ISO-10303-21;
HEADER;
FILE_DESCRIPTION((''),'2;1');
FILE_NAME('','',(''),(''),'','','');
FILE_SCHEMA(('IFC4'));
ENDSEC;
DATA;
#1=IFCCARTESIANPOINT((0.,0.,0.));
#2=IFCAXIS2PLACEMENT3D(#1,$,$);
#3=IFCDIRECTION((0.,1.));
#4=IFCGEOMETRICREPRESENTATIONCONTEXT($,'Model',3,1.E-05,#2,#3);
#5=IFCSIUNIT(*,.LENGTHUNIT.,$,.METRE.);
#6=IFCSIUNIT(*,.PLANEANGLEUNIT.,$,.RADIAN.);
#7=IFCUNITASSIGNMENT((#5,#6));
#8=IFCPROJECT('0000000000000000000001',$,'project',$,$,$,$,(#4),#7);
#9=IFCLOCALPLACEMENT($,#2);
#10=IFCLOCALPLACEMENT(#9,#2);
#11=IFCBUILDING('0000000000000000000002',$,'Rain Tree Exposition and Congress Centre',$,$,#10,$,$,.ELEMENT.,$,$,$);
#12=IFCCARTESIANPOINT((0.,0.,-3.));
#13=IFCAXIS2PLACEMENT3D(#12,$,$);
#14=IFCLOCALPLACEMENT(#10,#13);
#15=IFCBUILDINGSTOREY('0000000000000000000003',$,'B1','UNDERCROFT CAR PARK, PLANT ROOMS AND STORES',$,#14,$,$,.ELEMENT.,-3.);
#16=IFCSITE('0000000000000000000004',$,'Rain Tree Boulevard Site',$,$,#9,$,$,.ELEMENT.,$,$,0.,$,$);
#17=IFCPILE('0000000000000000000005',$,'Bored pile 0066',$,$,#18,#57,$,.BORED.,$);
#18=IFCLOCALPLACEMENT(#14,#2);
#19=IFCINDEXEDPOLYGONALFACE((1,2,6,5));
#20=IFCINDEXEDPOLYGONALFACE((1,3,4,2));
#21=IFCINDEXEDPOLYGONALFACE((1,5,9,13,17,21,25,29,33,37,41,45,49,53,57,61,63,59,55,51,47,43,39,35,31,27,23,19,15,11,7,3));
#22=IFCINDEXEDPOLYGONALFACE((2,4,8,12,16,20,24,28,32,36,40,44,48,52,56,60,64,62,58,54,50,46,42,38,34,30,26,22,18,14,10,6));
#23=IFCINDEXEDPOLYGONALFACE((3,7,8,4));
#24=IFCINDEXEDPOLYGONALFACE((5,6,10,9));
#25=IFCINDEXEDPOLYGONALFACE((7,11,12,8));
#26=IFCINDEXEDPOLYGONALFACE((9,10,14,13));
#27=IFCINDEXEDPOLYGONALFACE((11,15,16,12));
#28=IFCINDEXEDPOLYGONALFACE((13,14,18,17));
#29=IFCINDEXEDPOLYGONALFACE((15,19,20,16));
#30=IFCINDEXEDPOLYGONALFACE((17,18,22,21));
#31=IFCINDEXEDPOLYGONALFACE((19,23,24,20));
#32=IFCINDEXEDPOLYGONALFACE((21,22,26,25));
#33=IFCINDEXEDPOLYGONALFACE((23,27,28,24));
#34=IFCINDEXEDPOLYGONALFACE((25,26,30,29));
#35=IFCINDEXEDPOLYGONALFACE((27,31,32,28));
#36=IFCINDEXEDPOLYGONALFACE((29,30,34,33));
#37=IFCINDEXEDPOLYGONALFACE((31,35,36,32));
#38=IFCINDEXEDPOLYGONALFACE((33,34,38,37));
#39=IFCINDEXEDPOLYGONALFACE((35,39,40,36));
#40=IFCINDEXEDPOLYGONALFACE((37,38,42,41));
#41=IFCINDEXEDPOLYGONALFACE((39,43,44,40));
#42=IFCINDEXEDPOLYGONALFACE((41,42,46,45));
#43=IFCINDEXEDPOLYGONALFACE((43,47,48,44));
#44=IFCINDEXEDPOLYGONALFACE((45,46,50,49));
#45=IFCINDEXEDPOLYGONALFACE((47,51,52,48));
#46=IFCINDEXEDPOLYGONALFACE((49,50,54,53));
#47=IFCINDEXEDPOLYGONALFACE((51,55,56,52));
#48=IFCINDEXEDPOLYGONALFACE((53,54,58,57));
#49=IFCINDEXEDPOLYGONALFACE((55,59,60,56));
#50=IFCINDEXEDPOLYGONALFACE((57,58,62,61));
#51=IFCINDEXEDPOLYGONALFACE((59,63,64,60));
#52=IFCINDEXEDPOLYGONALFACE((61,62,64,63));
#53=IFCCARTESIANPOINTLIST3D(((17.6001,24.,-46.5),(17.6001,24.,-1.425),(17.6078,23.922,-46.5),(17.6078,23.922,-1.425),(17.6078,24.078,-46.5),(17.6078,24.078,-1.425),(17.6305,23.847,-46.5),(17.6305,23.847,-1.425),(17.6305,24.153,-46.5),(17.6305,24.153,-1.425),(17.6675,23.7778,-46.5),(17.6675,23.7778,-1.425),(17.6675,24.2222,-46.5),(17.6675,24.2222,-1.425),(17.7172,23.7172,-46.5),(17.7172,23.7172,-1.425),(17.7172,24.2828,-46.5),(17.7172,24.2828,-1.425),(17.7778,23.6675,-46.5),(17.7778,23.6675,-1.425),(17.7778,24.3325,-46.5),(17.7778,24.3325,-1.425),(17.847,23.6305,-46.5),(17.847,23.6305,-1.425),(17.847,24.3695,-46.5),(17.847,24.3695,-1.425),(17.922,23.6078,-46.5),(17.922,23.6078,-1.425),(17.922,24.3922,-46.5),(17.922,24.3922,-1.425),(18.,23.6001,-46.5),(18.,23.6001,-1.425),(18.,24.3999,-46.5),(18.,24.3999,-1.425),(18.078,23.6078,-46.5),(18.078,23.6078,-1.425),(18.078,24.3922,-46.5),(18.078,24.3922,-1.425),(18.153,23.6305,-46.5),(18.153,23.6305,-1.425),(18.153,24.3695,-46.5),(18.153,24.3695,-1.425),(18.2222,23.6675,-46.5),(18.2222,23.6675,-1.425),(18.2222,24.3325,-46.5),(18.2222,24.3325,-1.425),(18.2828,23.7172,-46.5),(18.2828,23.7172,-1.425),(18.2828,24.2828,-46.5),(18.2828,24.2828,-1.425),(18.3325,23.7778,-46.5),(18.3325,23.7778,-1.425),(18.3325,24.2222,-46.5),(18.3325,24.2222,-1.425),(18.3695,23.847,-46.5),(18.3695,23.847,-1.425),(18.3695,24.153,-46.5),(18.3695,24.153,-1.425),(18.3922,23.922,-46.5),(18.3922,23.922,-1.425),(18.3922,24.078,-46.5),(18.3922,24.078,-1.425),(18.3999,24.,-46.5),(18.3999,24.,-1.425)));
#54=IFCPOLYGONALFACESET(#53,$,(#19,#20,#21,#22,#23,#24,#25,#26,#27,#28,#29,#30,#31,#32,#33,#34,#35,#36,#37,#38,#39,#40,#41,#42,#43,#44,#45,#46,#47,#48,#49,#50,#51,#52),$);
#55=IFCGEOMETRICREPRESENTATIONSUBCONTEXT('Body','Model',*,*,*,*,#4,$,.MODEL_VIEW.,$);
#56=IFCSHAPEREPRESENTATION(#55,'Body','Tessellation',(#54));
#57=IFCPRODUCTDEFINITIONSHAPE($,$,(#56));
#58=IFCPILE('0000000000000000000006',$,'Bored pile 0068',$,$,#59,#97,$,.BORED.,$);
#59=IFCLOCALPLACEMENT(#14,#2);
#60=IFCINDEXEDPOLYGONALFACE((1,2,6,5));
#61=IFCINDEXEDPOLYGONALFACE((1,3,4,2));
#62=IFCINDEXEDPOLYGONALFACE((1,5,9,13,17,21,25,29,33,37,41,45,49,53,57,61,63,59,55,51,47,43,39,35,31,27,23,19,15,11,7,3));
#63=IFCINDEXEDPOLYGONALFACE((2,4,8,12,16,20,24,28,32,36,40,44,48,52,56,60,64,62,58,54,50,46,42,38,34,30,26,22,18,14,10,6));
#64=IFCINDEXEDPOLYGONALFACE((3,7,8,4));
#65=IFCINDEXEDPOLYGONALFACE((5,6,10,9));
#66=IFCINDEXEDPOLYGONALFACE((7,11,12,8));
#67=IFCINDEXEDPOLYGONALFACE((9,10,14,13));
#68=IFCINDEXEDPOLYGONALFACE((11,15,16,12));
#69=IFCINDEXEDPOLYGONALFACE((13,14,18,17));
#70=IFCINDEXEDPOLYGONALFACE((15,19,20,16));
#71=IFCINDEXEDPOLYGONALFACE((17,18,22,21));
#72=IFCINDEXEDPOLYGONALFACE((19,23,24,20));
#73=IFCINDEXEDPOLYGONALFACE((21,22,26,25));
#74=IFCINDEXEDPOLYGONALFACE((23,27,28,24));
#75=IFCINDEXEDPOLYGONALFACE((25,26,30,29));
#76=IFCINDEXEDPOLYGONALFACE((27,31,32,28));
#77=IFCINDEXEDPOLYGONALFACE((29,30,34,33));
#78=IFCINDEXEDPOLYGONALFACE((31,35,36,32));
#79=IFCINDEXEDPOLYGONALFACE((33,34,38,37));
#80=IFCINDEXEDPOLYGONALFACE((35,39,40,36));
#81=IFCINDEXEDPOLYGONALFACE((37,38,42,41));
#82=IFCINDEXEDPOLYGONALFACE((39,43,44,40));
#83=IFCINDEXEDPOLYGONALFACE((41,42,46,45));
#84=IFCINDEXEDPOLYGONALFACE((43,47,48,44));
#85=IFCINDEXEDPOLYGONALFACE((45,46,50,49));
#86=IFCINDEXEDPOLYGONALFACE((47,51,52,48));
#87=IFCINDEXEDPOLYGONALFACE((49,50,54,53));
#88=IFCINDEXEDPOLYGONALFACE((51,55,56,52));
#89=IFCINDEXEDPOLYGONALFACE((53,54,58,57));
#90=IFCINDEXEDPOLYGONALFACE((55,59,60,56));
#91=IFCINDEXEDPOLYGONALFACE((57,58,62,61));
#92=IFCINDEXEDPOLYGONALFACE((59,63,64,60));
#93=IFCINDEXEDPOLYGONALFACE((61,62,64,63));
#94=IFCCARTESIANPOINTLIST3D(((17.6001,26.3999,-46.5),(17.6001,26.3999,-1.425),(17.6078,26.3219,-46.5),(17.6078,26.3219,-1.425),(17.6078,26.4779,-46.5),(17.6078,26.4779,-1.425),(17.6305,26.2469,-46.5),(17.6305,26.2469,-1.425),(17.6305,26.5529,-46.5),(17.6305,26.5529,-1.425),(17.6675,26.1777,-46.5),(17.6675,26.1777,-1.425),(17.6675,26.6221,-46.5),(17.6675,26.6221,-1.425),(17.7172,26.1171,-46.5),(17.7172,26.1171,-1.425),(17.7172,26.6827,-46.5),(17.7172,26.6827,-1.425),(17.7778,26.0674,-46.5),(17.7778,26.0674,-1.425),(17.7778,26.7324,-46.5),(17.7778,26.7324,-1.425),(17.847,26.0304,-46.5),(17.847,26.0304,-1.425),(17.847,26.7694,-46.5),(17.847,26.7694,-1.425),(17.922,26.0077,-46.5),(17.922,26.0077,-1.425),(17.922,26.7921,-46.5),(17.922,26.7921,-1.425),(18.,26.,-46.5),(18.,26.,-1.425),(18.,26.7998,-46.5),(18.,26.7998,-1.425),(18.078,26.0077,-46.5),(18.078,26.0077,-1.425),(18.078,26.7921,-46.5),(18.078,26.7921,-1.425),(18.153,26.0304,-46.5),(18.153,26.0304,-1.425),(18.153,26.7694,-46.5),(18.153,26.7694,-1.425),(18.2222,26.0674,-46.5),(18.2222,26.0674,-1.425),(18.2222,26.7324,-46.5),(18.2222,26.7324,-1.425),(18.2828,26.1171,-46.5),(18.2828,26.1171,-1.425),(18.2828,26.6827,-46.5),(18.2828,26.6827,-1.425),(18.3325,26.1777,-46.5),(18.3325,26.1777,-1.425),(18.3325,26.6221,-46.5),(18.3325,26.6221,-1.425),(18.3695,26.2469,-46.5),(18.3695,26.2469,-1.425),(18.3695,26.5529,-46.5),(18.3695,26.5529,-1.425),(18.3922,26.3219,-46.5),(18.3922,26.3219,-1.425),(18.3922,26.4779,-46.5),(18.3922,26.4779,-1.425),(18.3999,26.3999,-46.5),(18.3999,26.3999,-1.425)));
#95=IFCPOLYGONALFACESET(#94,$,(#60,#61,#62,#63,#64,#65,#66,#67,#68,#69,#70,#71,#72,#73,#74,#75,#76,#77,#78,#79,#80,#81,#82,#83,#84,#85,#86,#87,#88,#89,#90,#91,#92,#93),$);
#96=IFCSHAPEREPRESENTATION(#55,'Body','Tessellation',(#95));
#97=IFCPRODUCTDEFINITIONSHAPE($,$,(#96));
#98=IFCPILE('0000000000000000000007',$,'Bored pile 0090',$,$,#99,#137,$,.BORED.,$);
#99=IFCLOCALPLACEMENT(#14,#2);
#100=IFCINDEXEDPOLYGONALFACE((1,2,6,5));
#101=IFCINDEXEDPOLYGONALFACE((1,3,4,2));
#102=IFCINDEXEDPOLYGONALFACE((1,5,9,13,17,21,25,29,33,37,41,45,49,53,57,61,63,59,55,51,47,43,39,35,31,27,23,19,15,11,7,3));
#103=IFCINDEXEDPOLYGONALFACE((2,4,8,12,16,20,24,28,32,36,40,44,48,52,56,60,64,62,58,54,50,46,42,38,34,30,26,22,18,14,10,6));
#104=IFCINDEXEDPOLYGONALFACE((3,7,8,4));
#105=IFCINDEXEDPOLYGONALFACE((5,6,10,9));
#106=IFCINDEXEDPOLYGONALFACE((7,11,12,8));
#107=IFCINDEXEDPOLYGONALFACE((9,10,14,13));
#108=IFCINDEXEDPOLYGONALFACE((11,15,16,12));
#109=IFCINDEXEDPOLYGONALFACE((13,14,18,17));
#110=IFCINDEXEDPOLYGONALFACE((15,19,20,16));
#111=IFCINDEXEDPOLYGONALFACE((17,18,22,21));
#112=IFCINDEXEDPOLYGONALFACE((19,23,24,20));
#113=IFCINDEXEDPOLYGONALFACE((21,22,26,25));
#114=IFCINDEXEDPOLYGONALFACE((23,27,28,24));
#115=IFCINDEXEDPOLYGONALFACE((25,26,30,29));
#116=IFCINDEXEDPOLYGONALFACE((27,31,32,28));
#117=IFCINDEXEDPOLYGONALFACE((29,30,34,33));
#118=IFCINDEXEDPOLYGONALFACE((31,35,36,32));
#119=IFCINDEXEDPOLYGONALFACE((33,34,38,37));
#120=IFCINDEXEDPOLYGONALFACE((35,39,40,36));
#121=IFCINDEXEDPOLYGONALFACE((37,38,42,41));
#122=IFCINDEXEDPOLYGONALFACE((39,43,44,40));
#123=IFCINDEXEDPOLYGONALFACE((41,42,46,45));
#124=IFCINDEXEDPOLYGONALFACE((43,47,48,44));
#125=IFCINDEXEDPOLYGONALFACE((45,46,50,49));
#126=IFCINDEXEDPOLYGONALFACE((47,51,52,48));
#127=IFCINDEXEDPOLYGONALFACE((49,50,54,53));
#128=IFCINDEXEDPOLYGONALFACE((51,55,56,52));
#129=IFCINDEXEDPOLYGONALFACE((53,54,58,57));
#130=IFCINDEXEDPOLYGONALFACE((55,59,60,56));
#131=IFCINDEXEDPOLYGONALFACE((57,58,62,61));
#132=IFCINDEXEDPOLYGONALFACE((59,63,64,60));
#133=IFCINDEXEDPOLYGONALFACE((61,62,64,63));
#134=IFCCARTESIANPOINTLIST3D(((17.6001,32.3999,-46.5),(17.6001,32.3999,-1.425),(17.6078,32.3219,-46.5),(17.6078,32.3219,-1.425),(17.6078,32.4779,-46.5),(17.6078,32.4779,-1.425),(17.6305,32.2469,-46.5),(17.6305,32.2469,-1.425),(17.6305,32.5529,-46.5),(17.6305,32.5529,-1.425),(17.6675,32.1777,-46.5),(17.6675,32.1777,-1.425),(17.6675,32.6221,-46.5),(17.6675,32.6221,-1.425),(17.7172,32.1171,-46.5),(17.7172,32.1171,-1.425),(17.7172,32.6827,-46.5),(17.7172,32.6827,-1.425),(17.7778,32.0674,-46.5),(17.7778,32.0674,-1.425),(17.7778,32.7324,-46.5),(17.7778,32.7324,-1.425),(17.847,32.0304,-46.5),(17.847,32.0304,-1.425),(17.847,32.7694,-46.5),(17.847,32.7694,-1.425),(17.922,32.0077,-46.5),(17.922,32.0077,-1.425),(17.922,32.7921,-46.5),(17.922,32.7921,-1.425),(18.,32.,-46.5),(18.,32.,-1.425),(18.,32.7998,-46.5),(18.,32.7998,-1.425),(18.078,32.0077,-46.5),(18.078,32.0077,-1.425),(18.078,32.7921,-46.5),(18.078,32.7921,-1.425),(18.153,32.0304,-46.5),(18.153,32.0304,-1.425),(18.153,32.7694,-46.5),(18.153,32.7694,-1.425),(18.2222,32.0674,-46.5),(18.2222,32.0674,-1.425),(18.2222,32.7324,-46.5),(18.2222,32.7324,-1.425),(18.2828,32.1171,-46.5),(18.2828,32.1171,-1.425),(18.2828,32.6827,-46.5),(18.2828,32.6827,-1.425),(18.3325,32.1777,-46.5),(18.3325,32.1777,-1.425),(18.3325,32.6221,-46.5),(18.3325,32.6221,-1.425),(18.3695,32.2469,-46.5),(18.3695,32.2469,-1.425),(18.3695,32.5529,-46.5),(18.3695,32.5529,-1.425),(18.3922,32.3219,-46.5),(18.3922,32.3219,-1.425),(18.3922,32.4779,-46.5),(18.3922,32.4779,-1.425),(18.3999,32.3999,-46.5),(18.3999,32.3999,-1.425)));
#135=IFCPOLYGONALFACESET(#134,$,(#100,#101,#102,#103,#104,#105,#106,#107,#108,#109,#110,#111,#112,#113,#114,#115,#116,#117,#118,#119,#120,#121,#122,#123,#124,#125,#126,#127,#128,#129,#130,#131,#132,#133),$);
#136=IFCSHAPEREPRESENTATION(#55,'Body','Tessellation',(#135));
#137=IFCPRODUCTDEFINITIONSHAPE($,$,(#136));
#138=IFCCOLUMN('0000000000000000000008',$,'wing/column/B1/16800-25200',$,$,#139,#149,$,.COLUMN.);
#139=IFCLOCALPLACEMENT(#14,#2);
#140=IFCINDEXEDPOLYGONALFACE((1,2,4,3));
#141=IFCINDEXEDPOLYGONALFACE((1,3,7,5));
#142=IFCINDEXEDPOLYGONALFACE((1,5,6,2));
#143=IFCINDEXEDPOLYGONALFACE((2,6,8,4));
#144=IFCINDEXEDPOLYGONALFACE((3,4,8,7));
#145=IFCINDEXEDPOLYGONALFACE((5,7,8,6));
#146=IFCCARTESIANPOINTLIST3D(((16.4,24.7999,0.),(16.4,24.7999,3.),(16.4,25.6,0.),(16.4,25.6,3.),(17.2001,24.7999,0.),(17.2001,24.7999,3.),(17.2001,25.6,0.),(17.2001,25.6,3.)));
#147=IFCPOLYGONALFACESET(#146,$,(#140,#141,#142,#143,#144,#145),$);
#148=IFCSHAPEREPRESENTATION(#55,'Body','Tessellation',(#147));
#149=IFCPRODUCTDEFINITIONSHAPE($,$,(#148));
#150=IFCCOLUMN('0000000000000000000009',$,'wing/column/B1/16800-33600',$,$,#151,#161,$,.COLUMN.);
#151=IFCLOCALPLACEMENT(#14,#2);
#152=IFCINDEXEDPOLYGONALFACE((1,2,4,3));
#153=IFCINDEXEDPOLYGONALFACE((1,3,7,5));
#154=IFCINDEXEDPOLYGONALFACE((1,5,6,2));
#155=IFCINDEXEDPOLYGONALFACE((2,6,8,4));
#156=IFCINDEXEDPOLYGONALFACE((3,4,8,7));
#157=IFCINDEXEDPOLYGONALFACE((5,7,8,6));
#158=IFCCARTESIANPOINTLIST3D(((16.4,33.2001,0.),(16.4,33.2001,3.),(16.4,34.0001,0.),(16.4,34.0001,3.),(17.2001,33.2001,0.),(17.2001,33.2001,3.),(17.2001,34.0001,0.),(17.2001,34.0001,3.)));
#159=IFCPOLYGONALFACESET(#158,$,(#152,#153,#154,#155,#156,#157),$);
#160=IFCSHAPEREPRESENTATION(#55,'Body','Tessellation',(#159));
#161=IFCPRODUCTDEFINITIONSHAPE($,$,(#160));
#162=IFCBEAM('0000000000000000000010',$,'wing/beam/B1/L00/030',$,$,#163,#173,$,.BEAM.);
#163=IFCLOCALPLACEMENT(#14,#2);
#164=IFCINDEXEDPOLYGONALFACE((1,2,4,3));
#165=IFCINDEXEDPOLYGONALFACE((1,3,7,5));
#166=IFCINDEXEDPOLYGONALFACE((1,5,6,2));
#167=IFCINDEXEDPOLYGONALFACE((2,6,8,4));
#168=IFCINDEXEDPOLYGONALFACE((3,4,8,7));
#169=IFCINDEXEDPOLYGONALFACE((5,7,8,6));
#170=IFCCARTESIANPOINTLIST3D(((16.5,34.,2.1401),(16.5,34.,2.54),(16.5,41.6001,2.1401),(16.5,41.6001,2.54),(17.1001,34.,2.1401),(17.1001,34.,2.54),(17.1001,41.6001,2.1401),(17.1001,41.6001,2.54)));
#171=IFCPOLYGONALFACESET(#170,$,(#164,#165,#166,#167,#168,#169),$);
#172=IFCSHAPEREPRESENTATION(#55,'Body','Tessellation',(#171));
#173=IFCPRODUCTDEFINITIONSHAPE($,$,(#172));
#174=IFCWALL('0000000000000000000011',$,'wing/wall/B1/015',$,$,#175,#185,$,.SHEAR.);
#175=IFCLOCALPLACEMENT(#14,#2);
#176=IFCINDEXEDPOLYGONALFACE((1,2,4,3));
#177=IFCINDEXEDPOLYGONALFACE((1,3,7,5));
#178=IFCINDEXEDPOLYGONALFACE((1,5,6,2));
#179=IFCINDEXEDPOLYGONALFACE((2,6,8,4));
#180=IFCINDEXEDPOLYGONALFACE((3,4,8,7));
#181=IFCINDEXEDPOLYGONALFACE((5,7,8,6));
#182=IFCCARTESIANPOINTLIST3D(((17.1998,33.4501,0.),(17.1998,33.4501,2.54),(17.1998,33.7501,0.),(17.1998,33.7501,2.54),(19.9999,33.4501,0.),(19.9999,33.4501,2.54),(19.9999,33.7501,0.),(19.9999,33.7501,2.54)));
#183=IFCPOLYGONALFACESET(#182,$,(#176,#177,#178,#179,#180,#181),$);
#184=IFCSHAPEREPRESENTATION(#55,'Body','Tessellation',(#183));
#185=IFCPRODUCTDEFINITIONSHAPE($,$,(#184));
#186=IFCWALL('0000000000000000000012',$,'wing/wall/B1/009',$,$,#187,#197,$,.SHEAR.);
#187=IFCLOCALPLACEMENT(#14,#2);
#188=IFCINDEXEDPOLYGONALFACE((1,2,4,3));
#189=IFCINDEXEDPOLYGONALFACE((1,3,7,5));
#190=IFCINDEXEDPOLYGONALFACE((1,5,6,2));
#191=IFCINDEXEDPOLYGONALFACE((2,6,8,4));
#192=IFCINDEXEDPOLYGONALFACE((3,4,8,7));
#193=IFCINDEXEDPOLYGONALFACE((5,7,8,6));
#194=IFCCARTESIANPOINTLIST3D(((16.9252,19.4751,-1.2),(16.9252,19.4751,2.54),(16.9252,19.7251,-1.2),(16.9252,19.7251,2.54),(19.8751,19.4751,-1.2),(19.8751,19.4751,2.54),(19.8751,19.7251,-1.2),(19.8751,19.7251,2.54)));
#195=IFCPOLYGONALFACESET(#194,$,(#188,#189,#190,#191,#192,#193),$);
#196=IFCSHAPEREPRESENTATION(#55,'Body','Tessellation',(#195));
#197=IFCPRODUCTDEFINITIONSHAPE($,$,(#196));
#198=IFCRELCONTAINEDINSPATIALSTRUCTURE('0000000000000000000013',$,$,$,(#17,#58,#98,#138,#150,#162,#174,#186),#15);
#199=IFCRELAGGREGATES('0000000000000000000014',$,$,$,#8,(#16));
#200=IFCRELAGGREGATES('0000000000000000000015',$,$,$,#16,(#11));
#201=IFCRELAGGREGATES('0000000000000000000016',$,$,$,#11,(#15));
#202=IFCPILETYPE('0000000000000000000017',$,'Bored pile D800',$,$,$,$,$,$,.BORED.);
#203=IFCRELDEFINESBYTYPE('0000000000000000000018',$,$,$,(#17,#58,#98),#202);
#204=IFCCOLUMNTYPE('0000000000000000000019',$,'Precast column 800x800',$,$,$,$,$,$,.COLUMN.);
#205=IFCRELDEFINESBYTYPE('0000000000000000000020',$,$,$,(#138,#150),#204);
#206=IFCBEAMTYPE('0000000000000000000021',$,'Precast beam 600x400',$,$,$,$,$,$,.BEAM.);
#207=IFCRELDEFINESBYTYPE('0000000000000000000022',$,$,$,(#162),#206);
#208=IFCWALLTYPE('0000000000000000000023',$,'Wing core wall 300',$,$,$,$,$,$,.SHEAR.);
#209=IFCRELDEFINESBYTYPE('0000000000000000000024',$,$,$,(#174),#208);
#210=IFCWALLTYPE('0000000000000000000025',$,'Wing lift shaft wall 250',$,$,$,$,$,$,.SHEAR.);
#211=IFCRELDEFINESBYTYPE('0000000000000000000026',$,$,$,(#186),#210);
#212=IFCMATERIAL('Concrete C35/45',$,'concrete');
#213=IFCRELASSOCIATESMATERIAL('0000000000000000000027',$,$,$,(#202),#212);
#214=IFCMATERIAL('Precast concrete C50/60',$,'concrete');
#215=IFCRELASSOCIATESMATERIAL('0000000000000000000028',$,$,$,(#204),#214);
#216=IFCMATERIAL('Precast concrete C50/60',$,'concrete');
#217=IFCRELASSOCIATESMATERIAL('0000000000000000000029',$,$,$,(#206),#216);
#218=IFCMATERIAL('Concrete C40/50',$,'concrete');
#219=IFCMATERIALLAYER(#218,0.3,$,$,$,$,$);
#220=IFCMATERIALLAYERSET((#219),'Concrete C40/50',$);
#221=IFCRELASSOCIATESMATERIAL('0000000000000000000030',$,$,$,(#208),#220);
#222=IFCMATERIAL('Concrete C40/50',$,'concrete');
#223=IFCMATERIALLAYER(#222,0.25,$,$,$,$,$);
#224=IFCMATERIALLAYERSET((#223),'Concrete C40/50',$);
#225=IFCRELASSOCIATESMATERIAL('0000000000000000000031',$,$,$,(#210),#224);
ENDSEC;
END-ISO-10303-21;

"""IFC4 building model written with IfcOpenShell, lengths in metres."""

from ifc_helpers import new_model, si_unit, direction, frame, frame_2d, origin, origin_2d, place, context, subcontext, project, spatial, rectangle, circle, extrude, material, layer, layer_set, material_profile, profile_set, type_object, element, save


model = new_model("IFC4")

# Units and contexts
model_context = context("Model", 3, precision=1e-05, world=origin(), true_north=direction((0.0, 1.0)))
body_context = subcontext(model_context, "Body", "Model", "MODEL_VIEW")
ifc_project = project(units=[si_unit("LENGTHUNIT", "METRE"), si_unit("PLANEANGLEUNIT", "RADIAN")], contexts=[model_context])

# Site, building, storey
site_placement = place(None, origin())
site = spatial("IfcSite", under=ifc_project, at=site_placement, Name="Rain Tree Boulevard Site", CompositionType="ELEMENT", RefElevation=0.0)
building_placement = place(site_placement, origin())
building = spatial("IfcBuilding", under=site, at=building_placement, Name="Rain Tree Exposition and Congress Centre", CompositionType="ELEMENT")
storey_placement = place(building_placement, frame((0.0, 0.0, -3.0)))
storey = spatial("IfcBuildingStorey", under=building, at=storey_placement, Name="B1", Description="UNDERCROFT CAR PARK, PLANT ROOMS AND STORES", CompositionType="ELEMENT", Elevation=-3.0)

# Piles
ifc_material_1 = material(Name="Concrete C35/45", Category="concrete")
ifc_material_profile_1 = material_profile(ifc_material_1, circle(Radius=0.3999, at=origin_2d()), Name="D800")
ifc_profile_set_1 = profile_set([ifc_material_profile_1], Name="Concrete C35/45")
pile_type = type_object("IfcPileType", Name="Bored pile D800", PredefinedType="BORED", material=ifc_profile_set_1)
for number, where, z_axis, x_axis, name in (
    (1, (18.0, 24.0, -1.425), (0.0, 0.0, -1.0), (1.0, 0.0, 0.0), "Bored pile 0066"),
    (2, (18.0, 26.3999, -1.425), (0.0, 0.0, -1.0), (1.0, 0.0, 0.0), "Bored pile 0068"),
    (3, (18.0, 32.3999, -1.425), (0.0, 0.0, -1.0), (1.0, 0.0, 0.0), "Bored pile 0090"),
):
    element("IfcPile", number, at=place(storey_placement, frame(where, z_axis=z_axis, x_axis=x_axis)), inside=storey, type_object=pile_type, Name=name, PredefinedType="BORED", context=body_context, shape_type="SweptSolid", body=[
        extrude(circle(Radius=0.3999, at=origin_2d()), origin(), (0.0, 0.0, 1.0), 45.075),
    ])

# Columns
ifc_material_2 = material(Name="Precast concrete C50/60", Category="concrete")
ifc_material_profile_2 = material_profile(ifc_material_2, rectangle(XDim=0.8, YDim=0.8, at=origin_2d()), Name="RC 800x800")
ifc_profile_set_2 = profile_set([ifc_material_profile_2], Name="Precast concrete C50/60")
column_type = type_object("IfcColumnType", Name="Precast column 800x800", PredefinedType="COLUMN", material=ifc_profile_set_2)
for number, where, z_axis, x_axis, name in (
    (4, (16.8, 25.2, 0.0), (0.0, 0.0, 1.0), (1.0, 0.0, 0.0), "wing/column/B1/16800-25200"),
    (5, (16.8, 33.6001, 0.0), (0.0, 0.0, 1.0), (1.0, 0.0, 0.0), "wing/column/B1/16800-33600"),
):
    element("IfcColumn", number, at=place(storey_placement, frame(where, z_axis=z_axis, x_axis=x_axis)), inside=storey, type_object=column_type, Name=name, PredefinedType="COLUMN", context=body_context, shape_type="SweptSolid", body=[
        extrude(rectangle(XDim=0.8, YDim=0.8, at=origin_2d()), origin(), (0.0, 0.0, 1.0), 3.0),
    ])

# Beam
ifc_material_3 = material(Name="Precast concrete C50/60", Category="concrete")
ifc_material_profile_3 = material_profile(ifc_material_3, rectangle(XDim=0.6001, YDim=0.3999, at=origin_2d()), Name="RC 600x400")
ifc_profile_set_3 = profile_set([ifc_material_profile_3], Name="Precast concrete C50/60")
beam_type = type_object("IfcBeamType", Name="Precast beam 600x400", PredefinedType="BEAM", material=ifc_profile_set_3)
beam_placement = place(storey_placement, frame((16.8, 34.0, 2.3401), z_axis=(0.0, 1.0, 0.0), x_axis=(-1.0, 0.0, 0.0)))
element("IfcBeam", 6, at=beam_placement, inside=storey, type_object=beam_type, Name="wing/beam/B1/L00/030", PredefinedType="BEAM", context=body_context, shape_type="SweptSolid", body=[
    extrude(rectangle(XDim=0.6001, YDim=0.3999, at=origin_2d()), origin(), (0.0, 0.0, 1.0), 7.6001),
])

# Wall
ifc_material_4 = material(Name="Concrete C40/50", Category="concrete")
ifc_layer_1 = layer(ifc_material_4, 0.3)
ifc_layer_set_1 = layer_set([ifc_layer_1], Name="Concrete C40/50")
wall_type_1 = type_object("IfcWallType", Name="Wing core wall 300", PredefinedType="SHEAR", material=ifc_layer_set_1)
wall_1_placement = place(storey_placement, frame((17.2, 33.6001, 0.0), z_axis=(0.0, 0.0, 1.0), x_axis=(1.0, 0.0, 0.0)))
element("IfcWall", 7, at=wall_1_placement, inside=storey, type_object=wall_type_1, Name="wing/wall/B1/015", PredefinedType="SHEAR", context=body_context, shape_type="SweptSolid", body=[
    extrude(rectangle(XDim=2.8, YDim=0.3, at=frame_2d((1.3999, 0.0))), origin(), (0.0, 0.0, 1.0), 2.54),
])

# Wall
ifc_material_5 = material(Name="Concrete C40/50", Category="concrete")
ifc_layer_2 = layer(ifc_material_5, 0.25)
ifc_layer_set_2 = layer_set([ifc_layer_2], Name="Concrete C40/50")
wall_type_2 = type_object("IfcWallType", Name="Wing lift shaft wall 250", PredefinedType="SHEAR", material=ifc_layer_set_2)
wall_2_placement = place(storey_placement, frame((16.925, 19.6001, -1.2), z_axis=(0.0, 0.0, 1.0), x_axis=(1.0, 0.0, 0.0)))
element("IfcWall", 8, at=wall_2_placement, inside=storey, type_object=wall_type_2, Name="wing/wall/B1/009", PredefinedType="SHEAR", context=body_context, shape_type="SweptSolid", body=[
    extrude(rectangle(XDim=2.95, YDim=0.25, at=frame_2d((1.4751, 0.0))), origin(), (0.0, 0.0, 1.0), 3.74),
])

save(model, "model.ifc")
